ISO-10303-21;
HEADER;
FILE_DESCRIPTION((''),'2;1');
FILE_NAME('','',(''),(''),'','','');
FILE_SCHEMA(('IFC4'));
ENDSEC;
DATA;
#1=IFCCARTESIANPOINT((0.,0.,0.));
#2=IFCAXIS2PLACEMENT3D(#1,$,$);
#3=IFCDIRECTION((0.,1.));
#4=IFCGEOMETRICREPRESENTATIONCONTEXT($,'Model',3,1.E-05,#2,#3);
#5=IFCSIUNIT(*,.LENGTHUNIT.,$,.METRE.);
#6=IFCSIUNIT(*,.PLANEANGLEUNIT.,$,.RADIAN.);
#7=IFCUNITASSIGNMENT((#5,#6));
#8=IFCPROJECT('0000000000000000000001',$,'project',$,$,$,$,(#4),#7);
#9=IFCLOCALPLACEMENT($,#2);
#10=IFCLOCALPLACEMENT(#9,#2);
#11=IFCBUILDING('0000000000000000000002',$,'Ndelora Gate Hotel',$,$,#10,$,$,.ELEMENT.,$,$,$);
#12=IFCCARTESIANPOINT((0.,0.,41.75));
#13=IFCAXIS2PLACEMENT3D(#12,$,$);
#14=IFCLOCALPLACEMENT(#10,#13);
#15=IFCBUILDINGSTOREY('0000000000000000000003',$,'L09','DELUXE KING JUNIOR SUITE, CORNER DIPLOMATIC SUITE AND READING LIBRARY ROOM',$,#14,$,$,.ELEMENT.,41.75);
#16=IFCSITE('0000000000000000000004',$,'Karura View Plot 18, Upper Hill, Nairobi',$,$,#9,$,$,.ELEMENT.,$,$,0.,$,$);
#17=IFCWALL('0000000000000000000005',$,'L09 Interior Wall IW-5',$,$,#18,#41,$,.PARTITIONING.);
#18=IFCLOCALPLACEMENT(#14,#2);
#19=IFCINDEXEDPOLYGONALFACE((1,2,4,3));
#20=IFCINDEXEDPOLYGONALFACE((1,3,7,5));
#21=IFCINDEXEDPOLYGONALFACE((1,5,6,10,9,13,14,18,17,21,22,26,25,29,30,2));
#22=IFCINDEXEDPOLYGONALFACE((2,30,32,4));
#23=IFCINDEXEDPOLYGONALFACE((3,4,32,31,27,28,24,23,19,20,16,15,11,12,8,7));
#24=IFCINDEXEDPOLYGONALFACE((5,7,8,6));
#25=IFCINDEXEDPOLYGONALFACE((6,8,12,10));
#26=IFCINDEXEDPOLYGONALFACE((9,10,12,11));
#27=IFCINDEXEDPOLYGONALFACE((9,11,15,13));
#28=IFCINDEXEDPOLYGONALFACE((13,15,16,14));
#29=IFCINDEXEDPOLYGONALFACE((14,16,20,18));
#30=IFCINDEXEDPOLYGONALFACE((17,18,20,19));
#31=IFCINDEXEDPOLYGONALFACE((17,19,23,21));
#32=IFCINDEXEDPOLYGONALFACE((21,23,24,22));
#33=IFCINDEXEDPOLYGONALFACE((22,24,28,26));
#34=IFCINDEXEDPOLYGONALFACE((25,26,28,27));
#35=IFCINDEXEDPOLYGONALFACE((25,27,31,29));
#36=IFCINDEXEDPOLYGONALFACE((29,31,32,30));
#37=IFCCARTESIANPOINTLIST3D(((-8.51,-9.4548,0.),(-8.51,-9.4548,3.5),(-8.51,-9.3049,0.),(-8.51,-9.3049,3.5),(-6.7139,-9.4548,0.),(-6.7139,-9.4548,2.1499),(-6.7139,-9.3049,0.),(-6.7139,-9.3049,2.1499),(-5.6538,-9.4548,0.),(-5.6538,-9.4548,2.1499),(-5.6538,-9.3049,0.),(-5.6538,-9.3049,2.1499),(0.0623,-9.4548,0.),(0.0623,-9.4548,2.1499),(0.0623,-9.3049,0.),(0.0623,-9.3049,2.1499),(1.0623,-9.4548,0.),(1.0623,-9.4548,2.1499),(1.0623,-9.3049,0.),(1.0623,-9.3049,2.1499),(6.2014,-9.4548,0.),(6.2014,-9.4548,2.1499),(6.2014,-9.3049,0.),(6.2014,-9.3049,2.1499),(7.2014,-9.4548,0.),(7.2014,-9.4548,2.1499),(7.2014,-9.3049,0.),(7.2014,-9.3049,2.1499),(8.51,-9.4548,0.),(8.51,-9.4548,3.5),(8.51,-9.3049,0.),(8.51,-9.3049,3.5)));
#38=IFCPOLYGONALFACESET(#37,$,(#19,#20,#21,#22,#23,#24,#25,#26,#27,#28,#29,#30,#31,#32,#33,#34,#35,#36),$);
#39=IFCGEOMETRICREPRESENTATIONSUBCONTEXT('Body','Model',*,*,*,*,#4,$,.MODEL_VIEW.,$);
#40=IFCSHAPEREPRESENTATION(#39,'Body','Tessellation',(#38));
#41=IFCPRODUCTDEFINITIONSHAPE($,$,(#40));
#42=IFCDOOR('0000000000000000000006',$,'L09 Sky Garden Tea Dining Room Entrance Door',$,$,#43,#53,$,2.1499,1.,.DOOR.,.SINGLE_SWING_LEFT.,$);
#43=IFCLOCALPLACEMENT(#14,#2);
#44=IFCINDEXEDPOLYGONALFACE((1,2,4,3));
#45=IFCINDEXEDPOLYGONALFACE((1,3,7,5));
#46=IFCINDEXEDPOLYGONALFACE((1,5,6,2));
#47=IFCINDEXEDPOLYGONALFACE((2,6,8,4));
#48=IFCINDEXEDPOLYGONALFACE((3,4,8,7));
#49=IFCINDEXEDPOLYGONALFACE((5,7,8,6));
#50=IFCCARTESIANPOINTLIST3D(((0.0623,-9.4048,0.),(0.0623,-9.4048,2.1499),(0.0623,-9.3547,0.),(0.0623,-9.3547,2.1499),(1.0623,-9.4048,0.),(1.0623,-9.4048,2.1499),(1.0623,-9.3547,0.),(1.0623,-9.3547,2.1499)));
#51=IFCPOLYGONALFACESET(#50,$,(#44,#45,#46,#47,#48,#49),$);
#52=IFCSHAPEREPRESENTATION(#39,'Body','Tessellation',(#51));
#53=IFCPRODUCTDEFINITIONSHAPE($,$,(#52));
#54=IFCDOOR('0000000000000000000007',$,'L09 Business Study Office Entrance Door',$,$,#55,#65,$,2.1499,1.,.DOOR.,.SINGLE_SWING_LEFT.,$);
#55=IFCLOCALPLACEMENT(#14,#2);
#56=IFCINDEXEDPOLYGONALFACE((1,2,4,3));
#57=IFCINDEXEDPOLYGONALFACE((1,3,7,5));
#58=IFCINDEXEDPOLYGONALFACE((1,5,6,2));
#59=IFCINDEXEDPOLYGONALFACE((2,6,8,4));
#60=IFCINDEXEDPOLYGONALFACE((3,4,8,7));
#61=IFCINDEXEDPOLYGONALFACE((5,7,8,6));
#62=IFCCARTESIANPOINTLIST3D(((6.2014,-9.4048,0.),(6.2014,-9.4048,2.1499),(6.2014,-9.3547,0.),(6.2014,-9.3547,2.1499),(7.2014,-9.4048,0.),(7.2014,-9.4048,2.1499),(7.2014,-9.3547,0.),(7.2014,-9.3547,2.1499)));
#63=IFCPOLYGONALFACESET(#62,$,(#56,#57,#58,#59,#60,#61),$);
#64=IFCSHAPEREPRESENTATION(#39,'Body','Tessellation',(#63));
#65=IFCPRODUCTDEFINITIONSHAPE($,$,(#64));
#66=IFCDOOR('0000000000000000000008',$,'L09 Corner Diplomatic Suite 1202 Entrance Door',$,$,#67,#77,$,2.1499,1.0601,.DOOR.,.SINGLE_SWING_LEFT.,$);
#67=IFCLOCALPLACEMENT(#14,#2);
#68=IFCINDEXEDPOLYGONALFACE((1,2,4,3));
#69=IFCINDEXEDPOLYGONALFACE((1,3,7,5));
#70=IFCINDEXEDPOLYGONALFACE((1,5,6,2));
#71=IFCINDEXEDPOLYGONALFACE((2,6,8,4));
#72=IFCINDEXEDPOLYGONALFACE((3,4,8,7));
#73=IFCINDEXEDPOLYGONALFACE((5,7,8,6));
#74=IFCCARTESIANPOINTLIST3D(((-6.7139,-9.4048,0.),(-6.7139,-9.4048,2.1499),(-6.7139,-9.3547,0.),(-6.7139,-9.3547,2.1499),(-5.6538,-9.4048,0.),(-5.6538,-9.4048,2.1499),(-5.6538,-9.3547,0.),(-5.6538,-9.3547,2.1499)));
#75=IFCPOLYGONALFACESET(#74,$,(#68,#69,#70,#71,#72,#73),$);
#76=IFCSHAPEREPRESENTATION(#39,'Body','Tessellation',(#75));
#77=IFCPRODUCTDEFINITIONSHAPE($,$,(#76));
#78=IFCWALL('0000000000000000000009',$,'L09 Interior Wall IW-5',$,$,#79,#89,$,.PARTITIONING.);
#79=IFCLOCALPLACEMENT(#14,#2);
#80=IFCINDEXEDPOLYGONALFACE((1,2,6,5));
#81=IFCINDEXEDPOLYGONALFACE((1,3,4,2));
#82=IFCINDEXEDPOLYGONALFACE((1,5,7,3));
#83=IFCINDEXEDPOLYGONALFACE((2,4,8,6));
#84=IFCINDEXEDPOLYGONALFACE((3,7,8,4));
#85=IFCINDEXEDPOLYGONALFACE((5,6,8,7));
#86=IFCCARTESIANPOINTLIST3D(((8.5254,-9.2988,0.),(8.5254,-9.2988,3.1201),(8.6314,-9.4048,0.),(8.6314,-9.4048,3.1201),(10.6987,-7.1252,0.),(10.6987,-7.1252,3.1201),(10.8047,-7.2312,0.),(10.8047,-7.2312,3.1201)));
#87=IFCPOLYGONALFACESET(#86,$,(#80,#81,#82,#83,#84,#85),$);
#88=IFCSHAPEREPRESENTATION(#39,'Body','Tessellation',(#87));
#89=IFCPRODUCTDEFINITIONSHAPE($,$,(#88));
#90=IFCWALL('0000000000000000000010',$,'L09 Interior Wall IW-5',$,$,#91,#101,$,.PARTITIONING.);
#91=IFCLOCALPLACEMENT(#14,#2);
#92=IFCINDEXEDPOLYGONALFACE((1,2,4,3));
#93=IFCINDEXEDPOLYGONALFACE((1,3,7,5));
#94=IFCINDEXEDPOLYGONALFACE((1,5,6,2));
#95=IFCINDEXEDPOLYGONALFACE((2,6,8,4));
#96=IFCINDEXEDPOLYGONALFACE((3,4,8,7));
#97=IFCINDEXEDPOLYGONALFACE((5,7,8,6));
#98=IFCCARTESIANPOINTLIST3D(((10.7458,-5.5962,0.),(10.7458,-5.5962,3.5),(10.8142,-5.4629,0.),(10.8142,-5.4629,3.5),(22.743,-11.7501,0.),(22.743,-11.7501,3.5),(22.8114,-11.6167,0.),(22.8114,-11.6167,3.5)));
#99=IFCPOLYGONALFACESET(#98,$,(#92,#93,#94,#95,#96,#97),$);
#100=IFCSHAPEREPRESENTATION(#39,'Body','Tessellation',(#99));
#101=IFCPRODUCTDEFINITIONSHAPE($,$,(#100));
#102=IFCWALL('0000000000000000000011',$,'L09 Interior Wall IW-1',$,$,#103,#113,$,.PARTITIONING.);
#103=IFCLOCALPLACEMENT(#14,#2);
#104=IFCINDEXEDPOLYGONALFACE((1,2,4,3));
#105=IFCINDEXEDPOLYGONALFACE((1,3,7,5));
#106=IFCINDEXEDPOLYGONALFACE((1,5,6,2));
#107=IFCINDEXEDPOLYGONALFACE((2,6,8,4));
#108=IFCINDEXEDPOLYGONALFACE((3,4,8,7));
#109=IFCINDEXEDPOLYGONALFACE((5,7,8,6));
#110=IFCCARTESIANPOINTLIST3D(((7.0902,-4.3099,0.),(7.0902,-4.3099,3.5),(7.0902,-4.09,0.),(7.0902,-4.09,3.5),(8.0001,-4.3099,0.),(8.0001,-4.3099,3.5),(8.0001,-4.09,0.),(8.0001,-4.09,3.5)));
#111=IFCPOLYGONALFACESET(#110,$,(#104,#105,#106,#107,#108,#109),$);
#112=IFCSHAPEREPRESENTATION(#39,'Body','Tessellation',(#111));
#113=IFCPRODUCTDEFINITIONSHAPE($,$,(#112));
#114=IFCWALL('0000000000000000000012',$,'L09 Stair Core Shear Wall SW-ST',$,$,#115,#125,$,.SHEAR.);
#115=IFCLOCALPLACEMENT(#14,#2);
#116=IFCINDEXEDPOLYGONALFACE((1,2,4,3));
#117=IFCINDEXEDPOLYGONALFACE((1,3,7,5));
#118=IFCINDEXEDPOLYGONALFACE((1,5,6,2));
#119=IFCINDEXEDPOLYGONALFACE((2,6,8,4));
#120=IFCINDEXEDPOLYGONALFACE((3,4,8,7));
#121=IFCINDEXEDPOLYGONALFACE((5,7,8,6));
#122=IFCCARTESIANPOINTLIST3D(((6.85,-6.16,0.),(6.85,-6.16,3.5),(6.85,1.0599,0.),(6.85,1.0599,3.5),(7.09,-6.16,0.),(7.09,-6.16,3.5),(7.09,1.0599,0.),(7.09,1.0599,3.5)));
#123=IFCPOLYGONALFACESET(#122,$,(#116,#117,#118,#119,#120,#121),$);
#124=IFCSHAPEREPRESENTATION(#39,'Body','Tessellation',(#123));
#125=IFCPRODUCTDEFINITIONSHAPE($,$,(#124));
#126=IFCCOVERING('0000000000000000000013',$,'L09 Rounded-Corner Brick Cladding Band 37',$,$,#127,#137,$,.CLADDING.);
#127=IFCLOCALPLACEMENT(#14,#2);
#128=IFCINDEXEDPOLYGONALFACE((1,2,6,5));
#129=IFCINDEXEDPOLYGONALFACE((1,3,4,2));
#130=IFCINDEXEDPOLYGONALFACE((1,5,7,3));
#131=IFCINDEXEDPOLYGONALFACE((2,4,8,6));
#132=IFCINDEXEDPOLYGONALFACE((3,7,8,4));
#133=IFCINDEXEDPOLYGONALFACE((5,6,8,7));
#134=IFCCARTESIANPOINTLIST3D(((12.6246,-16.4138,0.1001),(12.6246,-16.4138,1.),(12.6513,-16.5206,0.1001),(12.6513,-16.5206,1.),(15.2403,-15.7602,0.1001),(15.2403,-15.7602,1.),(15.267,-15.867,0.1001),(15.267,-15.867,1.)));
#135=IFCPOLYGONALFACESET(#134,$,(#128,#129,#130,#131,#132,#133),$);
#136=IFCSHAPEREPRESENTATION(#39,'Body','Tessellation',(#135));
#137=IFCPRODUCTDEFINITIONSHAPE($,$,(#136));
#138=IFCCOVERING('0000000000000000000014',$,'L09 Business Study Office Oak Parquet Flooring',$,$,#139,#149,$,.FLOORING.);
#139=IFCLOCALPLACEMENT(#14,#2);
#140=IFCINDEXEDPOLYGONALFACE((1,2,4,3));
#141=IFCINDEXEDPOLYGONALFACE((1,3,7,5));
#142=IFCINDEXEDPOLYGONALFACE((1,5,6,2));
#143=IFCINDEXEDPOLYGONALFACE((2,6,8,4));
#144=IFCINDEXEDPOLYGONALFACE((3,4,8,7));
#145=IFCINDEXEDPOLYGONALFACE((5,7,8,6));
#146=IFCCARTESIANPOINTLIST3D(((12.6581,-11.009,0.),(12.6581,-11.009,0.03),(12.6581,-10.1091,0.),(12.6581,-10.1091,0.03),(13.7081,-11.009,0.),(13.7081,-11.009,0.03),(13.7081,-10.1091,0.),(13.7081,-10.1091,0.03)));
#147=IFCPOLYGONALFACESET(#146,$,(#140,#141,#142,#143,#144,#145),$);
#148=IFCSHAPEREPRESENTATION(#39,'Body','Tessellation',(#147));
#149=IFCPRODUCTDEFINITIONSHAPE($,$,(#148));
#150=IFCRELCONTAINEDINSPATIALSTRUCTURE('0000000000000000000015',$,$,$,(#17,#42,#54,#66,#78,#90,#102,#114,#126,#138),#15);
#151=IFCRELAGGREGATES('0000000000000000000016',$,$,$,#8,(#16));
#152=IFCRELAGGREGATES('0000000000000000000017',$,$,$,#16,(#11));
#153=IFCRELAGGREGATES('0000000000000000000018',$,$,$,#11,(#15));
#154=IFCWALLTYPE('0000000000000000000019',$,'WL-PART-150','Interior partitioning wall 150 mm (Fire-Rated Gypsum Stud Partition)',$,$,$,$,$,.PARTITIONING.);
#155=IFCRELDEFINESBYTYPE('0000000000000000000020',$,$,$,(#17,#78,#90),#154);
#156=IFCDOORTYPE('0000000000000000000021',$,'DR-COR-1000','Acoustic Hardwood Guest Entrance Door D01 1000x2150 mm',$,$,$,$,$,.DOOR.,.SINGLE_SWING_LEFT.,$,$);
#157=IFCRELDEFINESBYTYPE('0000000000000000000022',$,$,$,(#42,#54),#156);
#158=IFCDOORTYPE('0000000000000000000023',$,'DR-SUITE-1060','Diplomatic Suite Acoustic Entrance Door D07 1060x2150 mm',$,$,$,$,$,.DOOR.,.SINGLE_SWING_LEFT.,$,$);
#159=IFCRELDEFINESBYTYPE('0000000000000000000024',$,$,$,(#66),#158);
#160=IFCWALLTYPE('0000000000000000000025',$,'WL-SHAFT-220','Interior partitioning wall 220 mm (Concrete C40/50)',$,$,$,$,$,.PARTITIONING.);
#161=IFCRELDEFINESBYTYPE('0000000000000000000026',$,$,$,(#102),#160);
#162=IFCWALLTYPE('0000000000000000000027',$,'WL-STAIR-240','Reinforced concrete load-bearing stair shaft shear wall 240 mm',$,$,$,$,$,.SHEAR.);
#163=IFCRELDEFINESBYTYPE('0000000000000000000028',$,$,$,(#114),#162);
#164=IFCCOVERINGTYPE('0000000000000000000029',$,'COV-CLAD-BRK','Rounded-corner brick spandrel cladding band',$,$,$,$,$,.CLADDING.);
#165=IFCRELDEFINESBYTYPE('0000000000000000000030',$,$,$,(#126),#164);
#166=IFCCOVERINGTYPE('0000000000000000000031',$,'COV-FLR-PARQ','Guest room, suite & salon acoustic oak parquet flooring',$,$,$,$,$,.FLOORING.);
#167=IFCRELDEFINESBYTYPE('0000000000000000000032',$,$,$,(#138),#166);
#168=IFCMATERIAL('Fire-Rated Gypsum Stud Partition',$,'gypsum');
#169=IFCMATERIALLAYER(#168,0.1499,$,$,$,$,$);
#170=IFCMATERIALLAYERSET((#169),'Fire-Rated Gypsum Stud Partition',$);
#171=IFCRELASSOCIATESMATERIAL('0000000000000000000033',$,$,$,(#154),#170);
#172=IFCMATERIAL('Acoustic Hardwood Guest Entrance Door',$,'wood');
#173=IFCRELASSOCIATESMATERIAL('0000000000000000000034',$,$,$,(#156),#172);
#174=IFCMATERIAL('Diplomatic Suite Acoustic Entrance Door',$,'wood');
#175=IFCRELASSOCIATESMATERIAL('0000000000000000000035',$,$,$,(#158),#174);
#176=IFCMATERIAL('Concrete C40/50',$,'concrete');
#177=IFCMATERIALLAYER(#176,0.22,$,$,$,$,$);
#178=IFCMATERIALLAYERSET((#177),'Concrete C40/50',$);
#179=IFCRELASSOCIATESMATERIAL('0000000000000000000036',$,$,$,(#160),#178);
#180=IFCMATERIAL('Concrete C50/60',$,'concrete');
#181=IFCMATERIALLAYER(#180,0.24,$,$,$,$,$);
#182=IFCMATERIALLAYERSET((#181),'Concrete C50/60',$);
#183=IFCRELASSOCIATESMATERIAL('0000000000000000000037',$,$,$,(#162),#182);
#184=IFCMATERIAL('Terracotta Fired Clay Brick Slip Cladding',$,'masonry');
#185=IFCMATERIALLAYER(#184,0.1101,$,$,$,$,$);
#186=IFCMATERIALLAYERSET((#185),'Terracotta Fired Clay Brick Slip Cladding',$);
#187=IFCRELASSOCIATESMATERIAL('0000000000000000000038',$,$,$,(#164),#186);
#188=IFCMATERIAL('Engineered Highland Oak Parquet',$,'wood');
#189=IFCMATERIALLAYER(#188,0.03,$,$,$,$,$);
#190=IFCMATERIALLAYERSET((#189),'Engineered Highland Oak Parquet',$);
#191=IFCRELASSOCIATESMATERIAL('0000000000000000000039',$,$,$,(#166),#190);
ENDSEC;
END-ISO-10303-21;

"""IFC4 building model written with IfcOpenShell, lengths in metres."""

from ifc_helpers import new_model, si_unit, direction, frame, frame_2d, origin, origin_2d, place, context, subcontext, project, spatial, rectangle, extrude, material, layer, layer_set, type_object, element, fill, save


model = new_model("IFC4")

# Units and contexts
model_context = context("Model", 3, precision=1e-05, world=origin(), true_north=direction((0.0, 1.0)))
body_context = subcontext(model_context, "Body", "Model", "MODEL_VIEW")
ifc_project = project(units=[si_unit("LENGTHUNIT", "METRE"), si_unit("PLANEANGLEUNIT", "RADIAN")], contexts=[model_context])

# Site, building, storey
site_placement = place(None, origin())
site = spatial("IfcSite", under=ifc_project, at=site_placement, Name="Karura View Plot 18, Upper Hill, Nairobi", CompositionType="ELEMENT", RefElevation=0.0)
building_placement = place(site_placement, origin())
building = spatial("IfcBuilding", under=site, at=building_placement, Name="Ndelora Gate Hotel", CompositionType="ELEMENT")
storey_placement = place(building_placement, frame((0.0, 0.0, 41.75)))
storey = spatial("IfcBuildingStorey", under=building, at=storey_placement, Name="L09", Description="DELUXE KING JUNIOR SUITE, CORNER DIPLOMATIC SUITE AND READING LIBRARY ROOM", CompositionType="ELEMENT", Elevation=41.75)

# Wall, openings, doors
ifc_material_1 = material(Name="Fire-Rated Gypsum Stud Partition", Category="gypsum")
ifc_layer_1 = layer(ifc_material_1, 0.1499)
ifc_layer_set_1 = layer_set([ifc_layer_1], Name="Fire-Rated Gypsum Stud Partition")
wall_type_1 = type_object("IfcWallType", Name="WL-PART-150", Description="Interior partitioning wall 150 mm (Fire-Rated Gypsum Stud Partition)", PredefinedType="PARTITIONING", material=ifc_layer_set_1)
wall_1_placement = place(storey_placement, frame((8.51, -9.3799, 0.0), z_axis=(0.0, 0.0, 1.0), x_axis=(-1.0, 0.0, 0.0)))
wall_1 = element("IfcWall", 1, at=wall_1_placement, inside=storey, type_object=wall_type_1, Name="L09 Interior Wall IW-5", PredefinedType="PARTITIONING", context=body_context, shape_type="SweptSolid", body=[
    extrude(rectangle(XDim=17.02, YDim=0.1499, at=frame_2d((8.51, 0.0))), origin(), (0.0, 0.0, 1.0), 3.5),
])
opening_1_placement = place(wall_1_placement, frame((7.4478, 0.0, 0.0)))
opening_1 = element("IfcOpeningElement", 2, at=opening_1_placement, cuts=wall_1, PredefinedType="OPENING", context=body_context, shape_type="SweptSolid", body=[
    extrude(rectangle(XDim=1.0, YDim=2.1499, at=frame_2d((0.5, 1.075))), frame((0.0, 0.085, 0.0), z_axis=(0.0, -1.0, 0.0), x_axis=(1.0, 0.0, 0.0)), (0.0, 0.0, 1.0), 0.1699),
])
opening_2_placement = place(wall_1_placement, frame((1.3086, 0.0, 0.0)))
opening_2 = element("IfcOpeningElement", 3, at=opening_2_placement, cuts=wall_1, PredefinedType="OPENING", context=body_context, shape_type="SweptSolid", body=[
    extrude(rectangle(XDim=1.0, YDim=2.1499, at=frame_2d((0.5, 1.075))), frame((0.0, 0.085, 0.0), z_axis=(0.0, -1.0, 0.0), x_axis=(1.0, 0.0, 0.0)), (0.0, 0.0, 1.0), 0.1699),
])
opening_3_placement = place(wall_1_placement, frame((14.1638, 0.0, 0.0)))
opening_3 = element("IfcOpeningElement", 4, at=opening_3_placement, cuts=wall_1, PredefinedType="OPENING", context=body_context, shape_type="SweptSolid", body=[
    extrude(rectangle(XDim=1.0601, YDim=2.1499, at=frame_2d((0.53, 1.075))), frame((0.0, 0.085, 0.0), z_axis=(0.0, -1.0, 0.0), x_axis=(1.0, 0.0, 0.0)), (0.0, 0.0, 1.0), 0.1699),
])
ifc_material_2 = material(Name="Acoustic Hardwood Guest Entrance Door", Category="wood")
door_type_1 = type_object("IfcDoorType", Name="DR-COR-1000", Description="Acoustic Hardwood Guest Entrance Door D01 1000x2150 mm", OperationType="SINGLE_SWING_LEFT", PredefinedType="DOOR", material=ifc_material_2)
door_1_placement = place(opening_1_placement, origin())
door_1 = element("IfcDoor", 5, at=door_1_placement, inside=storey, type_object=door_type_1, Name="L09 Sky Garden Tea Dining Room Entrance Door", OperationType="SINGLE_SWING_LEFT", OverallHeight=2.1499, OverallWidth=1.0, PredefinedType="DOOR", context=body_context, shape_type="SweptSolid", body=[
    extrude(rectangle(XDim=1.0, YDim=2.1499, at=frame_2d((0.5, 1.075))), frame((0.0, 0.0249, 0.0), z_axis=(0.0, -1.0, 0.0), x_axis=(1.0, 0.0, 0.0)), (0.0, 0.0, 1.0), 0.05),
])
fill(opening_1, door_1)
door_2_placement = place(opening_2_placement, origin())
door_2 = element("IfcDoor", 6, at=door_2_placement, inside=storey, type_object=door_type_1, Name="L09 Business Study Office Entrance Door", OperationType="SINGLE_SWING_LEFT", OverallHeight=2.1499, OverallWidth=1.0, PredefinedType="DOOR", context=body_context, shape_type="SweptSolid", body=[
    extrude(rectangle(XDim=1.0, YDim=2.1499, at=frame_2d((0.5, 1.075))), frame((0.0, 0.0249, 0.0), z_axis=(0.0, -1.0, 0.0), x_axis=(1.0, 0.0, 0.0)), (0.0, 0.0, 1.0), 0.05),
])
fill(opening_2, door_2)
ifc_material_3 = material(Name="Diplomatic Suite Acoustic Entrance Door", Category="wood")
door_type_2 = type_object("IfcDoorType", Name="DR-SUITE-1060", Description="Diplomatic Suite Acoustic Entrance Door D07 1060x2150 mm", OperationType="SINGLE_SWING_LEFT", PredefinedType="DOOR", material=ifc_material_3)
door_3_placement = place(opening_3_placement, origin())
door_3 = element("IfcDoor", 7, at=door_3_placement, inside=storey, type_object=door_type_2, Name="L09 Corner Diplomatic Suite 1202 Entrance Door", OperationType="SINGLE_SWING_LEFT", OverallHeight=2.1499, OverallWidth=1.0601, PredefinedType="DOOR", context=body_context, shape_type="SweptSolid", body=[
    extrude(rectangle(XDim=1.0601, YDim=2.1499, at=frame_2d((0.53, 1.075))), frame((0.0, 0.0249, 0.0), z_axis=(0.0, -1.0, 0.0), x_axis=(1.0, 0.0, 0.0)), (0.0, 0.0, 1.0), 0.05),
])
fill(opening_3, door_3)

# Walls
wall_2_placement = place(storey_placement, frame((10.7517, -7.1782, 0.0), z_axis=(0.0, 0.0, 1.0), x_axis=(-0.707067, -0.707146, 0.0)))
element("IfcWall", 8, at=wall_2_placement, inside=storey, type_object=wall_type_1, Name="L09 Interior Wall IW-5", PredefinedType="PARTITIONING", context=body_context, shape_type="SweptSolid", body=[
    extrude(rectangle(XDim=3.0737, YDim=0.1499, at=frame_2d((1.5369, 0.0))), origin(), (0.0, 0.0, 1.0), 3.1201),
])
wall_3_placement = place(storey_placement, frame((10.78, -5.5295, 0.0), z_axis=(0.0, 0.0, 1.0), x_axis=(0.889773, -0.456403, 0.0)))
element("IfcWall", 9, at=wall_3_placement, inside=storey, type_object=wall_type_1, Name="L09 Interior Wall IW-5", PredefinedType="PARTITIONING", context=body_context, shape_type="SweptSolid", body=[
    extrude(rectangle(XDim=13.4834, YDim=0.1499, at=frame_2d((6.7417, 0.0))), origin(), (0.0, 0.0, 1.0), 3.5),
])
ifc_material_4 = material(Name="Concrete C40/50", Category="concrete")
ifc_layer_2 = layer(ifc_material_4, 0.22)
ifc_layer_set_2 = layer_set([ifc_layer_2], Name="Concrete C40/50")
wall_type_2 = type_object("IfcWallType", Name="WL-SHAFT-220", Description="Interior partitioning wall 220 mm (Concrete C40/50)", PredefinedType="PARTITIONING", material=ifc_layer_set_2)
wall_4_placement = place(storey_placement, frame((7.0901, -4.2, 0.0), z_axis=(0.0, 0.0, 1.0), x_axis=(1.0, 0.0, 0.0)))
element("IfcWall", 10, at=wall_4_placement, inside=storey, type_object=wall_type_2, Name="L09 Interior Wall IW-1", PredefinedType="PARTITIONING", context=body_context, shape_type="SweptSolid", body=[
    extrude(rectangle(XDim=0.9099, YDim=0.22, at=frame_2d((0.4551, 0.0))), origin(), (0.0, 0.0, 1.0), 3.5),
])
ifc_material_5 = material(Name="Concrete C50/60", Category="concrete")
ifc_layer_3 = layer(ifc_material_5, 0.24)
ifc_layer_set_3 = layer_set([ifc_layer_3], Name="Concrete C50/60")
wall_type_3 = type_object("IfcWallType", Name="WL-STAIR-240", Description="Reinforced concrete load-bearing stair shaft shear wall 240 mm", PredefinedType="SHEAR", material=ifc_layer_set_3)
wall_5_placement = place(storey_placement, frame((6.97, -6.1599, 0.0), z_axis=(0.0, 0.0, 1.0), x_axis=(0.0, 1.0, 0.0)))
element("IfcWall", 11, at=wall_5_placement, inside=storey, type_object=wall_type_3, Name="L09 Stair Core Shear Wall SW-ST", PredefinedType="SHEAR", context=body_context, shape_type="SweptSolid", body=[
    extrude(rectangle(XDim=7.22, YDim=0.24, at=frame_2d((3.6099, 0.0))), origin(), (0.0, 0.0, 1.0), 3.5),
])

# Coverings
ifc_material_6 = material(Name="Terracotta Fired Clay Brick Slip Cladding", Category="masonry")
ifc_layer_4 = layer(ifc_material_6, 0.1101)
ifc_layer_set_4 = layer_set([ifc_layer_4], Name="Terracotta Fired Clay Brick Slip Cladding")
covering_type_1 = type_object("IfcCoveringType", Name="COV-CLAD-BRK", Description="Rounded-corner brick spandrel cladding band", PredefinedType="CLADDING", material=ifc_layer_set_4)
covering_1_placement = place(storey_placement, frame((13.9458, -16.1404, 0.1001), z_axis=(0.0, 0.0, 1.0), x_axis=(0.970169, 0.24243, 0.0)))
element("IfcCovering", 12, at=covering_1_placement, inside=storey, type_object=covering_type_1, Name="L09 Rounded-Corner Brick Cladding Band 37", PredefinedType="CLADDING", context=body_context, shape_type="SweptSolid", body=[
    extrude(rectangle(XDim=2.696, YDim=0.1101, at=origin_2d()), origin(), (0.0, 0.0, 1.0), 0.8999),
])
ifc_material_7 = material(Name="Engineered Highland Oak Parquet", Category="wood")
ifc_layer_5 = layer(ifc_material_7, 0.03)
ifc_layer_set_5 = layer_set([ifc_layer_5], Name="Engineered Highland Oak Parquet")
covering_type_2 = type_object("IfcCoveringType", Name="COV-FLR-PARQ", Description="Guest room, suite & salon acoustic oak parquet flooring", PredefinedType="FLOORING", material=ifc_layer_set_5)
covering_2_placement = place(storey_placement, frame((13.1831, -10.5591, 0.0), z_axis=(0.0, 0.0, 1.0), x_axis=(1.0, 0.0, 0.0)))
element("IfcCovering", 13, at=covering_2_placement, inside=storey, type_object=covering_type_2, Name="L09 Business Study Office Oak Parquet Flooring", PredefinedType="FLOORING", context=body_context, shape_type="SweptSolid", body=[
    extrude(rectangle(XDim=1.05, YDim=0.8999, at=origin_2d()), origin(), (0.0, 0.0, 1.0), 0.03),
])

save(model, "model.ifc")
